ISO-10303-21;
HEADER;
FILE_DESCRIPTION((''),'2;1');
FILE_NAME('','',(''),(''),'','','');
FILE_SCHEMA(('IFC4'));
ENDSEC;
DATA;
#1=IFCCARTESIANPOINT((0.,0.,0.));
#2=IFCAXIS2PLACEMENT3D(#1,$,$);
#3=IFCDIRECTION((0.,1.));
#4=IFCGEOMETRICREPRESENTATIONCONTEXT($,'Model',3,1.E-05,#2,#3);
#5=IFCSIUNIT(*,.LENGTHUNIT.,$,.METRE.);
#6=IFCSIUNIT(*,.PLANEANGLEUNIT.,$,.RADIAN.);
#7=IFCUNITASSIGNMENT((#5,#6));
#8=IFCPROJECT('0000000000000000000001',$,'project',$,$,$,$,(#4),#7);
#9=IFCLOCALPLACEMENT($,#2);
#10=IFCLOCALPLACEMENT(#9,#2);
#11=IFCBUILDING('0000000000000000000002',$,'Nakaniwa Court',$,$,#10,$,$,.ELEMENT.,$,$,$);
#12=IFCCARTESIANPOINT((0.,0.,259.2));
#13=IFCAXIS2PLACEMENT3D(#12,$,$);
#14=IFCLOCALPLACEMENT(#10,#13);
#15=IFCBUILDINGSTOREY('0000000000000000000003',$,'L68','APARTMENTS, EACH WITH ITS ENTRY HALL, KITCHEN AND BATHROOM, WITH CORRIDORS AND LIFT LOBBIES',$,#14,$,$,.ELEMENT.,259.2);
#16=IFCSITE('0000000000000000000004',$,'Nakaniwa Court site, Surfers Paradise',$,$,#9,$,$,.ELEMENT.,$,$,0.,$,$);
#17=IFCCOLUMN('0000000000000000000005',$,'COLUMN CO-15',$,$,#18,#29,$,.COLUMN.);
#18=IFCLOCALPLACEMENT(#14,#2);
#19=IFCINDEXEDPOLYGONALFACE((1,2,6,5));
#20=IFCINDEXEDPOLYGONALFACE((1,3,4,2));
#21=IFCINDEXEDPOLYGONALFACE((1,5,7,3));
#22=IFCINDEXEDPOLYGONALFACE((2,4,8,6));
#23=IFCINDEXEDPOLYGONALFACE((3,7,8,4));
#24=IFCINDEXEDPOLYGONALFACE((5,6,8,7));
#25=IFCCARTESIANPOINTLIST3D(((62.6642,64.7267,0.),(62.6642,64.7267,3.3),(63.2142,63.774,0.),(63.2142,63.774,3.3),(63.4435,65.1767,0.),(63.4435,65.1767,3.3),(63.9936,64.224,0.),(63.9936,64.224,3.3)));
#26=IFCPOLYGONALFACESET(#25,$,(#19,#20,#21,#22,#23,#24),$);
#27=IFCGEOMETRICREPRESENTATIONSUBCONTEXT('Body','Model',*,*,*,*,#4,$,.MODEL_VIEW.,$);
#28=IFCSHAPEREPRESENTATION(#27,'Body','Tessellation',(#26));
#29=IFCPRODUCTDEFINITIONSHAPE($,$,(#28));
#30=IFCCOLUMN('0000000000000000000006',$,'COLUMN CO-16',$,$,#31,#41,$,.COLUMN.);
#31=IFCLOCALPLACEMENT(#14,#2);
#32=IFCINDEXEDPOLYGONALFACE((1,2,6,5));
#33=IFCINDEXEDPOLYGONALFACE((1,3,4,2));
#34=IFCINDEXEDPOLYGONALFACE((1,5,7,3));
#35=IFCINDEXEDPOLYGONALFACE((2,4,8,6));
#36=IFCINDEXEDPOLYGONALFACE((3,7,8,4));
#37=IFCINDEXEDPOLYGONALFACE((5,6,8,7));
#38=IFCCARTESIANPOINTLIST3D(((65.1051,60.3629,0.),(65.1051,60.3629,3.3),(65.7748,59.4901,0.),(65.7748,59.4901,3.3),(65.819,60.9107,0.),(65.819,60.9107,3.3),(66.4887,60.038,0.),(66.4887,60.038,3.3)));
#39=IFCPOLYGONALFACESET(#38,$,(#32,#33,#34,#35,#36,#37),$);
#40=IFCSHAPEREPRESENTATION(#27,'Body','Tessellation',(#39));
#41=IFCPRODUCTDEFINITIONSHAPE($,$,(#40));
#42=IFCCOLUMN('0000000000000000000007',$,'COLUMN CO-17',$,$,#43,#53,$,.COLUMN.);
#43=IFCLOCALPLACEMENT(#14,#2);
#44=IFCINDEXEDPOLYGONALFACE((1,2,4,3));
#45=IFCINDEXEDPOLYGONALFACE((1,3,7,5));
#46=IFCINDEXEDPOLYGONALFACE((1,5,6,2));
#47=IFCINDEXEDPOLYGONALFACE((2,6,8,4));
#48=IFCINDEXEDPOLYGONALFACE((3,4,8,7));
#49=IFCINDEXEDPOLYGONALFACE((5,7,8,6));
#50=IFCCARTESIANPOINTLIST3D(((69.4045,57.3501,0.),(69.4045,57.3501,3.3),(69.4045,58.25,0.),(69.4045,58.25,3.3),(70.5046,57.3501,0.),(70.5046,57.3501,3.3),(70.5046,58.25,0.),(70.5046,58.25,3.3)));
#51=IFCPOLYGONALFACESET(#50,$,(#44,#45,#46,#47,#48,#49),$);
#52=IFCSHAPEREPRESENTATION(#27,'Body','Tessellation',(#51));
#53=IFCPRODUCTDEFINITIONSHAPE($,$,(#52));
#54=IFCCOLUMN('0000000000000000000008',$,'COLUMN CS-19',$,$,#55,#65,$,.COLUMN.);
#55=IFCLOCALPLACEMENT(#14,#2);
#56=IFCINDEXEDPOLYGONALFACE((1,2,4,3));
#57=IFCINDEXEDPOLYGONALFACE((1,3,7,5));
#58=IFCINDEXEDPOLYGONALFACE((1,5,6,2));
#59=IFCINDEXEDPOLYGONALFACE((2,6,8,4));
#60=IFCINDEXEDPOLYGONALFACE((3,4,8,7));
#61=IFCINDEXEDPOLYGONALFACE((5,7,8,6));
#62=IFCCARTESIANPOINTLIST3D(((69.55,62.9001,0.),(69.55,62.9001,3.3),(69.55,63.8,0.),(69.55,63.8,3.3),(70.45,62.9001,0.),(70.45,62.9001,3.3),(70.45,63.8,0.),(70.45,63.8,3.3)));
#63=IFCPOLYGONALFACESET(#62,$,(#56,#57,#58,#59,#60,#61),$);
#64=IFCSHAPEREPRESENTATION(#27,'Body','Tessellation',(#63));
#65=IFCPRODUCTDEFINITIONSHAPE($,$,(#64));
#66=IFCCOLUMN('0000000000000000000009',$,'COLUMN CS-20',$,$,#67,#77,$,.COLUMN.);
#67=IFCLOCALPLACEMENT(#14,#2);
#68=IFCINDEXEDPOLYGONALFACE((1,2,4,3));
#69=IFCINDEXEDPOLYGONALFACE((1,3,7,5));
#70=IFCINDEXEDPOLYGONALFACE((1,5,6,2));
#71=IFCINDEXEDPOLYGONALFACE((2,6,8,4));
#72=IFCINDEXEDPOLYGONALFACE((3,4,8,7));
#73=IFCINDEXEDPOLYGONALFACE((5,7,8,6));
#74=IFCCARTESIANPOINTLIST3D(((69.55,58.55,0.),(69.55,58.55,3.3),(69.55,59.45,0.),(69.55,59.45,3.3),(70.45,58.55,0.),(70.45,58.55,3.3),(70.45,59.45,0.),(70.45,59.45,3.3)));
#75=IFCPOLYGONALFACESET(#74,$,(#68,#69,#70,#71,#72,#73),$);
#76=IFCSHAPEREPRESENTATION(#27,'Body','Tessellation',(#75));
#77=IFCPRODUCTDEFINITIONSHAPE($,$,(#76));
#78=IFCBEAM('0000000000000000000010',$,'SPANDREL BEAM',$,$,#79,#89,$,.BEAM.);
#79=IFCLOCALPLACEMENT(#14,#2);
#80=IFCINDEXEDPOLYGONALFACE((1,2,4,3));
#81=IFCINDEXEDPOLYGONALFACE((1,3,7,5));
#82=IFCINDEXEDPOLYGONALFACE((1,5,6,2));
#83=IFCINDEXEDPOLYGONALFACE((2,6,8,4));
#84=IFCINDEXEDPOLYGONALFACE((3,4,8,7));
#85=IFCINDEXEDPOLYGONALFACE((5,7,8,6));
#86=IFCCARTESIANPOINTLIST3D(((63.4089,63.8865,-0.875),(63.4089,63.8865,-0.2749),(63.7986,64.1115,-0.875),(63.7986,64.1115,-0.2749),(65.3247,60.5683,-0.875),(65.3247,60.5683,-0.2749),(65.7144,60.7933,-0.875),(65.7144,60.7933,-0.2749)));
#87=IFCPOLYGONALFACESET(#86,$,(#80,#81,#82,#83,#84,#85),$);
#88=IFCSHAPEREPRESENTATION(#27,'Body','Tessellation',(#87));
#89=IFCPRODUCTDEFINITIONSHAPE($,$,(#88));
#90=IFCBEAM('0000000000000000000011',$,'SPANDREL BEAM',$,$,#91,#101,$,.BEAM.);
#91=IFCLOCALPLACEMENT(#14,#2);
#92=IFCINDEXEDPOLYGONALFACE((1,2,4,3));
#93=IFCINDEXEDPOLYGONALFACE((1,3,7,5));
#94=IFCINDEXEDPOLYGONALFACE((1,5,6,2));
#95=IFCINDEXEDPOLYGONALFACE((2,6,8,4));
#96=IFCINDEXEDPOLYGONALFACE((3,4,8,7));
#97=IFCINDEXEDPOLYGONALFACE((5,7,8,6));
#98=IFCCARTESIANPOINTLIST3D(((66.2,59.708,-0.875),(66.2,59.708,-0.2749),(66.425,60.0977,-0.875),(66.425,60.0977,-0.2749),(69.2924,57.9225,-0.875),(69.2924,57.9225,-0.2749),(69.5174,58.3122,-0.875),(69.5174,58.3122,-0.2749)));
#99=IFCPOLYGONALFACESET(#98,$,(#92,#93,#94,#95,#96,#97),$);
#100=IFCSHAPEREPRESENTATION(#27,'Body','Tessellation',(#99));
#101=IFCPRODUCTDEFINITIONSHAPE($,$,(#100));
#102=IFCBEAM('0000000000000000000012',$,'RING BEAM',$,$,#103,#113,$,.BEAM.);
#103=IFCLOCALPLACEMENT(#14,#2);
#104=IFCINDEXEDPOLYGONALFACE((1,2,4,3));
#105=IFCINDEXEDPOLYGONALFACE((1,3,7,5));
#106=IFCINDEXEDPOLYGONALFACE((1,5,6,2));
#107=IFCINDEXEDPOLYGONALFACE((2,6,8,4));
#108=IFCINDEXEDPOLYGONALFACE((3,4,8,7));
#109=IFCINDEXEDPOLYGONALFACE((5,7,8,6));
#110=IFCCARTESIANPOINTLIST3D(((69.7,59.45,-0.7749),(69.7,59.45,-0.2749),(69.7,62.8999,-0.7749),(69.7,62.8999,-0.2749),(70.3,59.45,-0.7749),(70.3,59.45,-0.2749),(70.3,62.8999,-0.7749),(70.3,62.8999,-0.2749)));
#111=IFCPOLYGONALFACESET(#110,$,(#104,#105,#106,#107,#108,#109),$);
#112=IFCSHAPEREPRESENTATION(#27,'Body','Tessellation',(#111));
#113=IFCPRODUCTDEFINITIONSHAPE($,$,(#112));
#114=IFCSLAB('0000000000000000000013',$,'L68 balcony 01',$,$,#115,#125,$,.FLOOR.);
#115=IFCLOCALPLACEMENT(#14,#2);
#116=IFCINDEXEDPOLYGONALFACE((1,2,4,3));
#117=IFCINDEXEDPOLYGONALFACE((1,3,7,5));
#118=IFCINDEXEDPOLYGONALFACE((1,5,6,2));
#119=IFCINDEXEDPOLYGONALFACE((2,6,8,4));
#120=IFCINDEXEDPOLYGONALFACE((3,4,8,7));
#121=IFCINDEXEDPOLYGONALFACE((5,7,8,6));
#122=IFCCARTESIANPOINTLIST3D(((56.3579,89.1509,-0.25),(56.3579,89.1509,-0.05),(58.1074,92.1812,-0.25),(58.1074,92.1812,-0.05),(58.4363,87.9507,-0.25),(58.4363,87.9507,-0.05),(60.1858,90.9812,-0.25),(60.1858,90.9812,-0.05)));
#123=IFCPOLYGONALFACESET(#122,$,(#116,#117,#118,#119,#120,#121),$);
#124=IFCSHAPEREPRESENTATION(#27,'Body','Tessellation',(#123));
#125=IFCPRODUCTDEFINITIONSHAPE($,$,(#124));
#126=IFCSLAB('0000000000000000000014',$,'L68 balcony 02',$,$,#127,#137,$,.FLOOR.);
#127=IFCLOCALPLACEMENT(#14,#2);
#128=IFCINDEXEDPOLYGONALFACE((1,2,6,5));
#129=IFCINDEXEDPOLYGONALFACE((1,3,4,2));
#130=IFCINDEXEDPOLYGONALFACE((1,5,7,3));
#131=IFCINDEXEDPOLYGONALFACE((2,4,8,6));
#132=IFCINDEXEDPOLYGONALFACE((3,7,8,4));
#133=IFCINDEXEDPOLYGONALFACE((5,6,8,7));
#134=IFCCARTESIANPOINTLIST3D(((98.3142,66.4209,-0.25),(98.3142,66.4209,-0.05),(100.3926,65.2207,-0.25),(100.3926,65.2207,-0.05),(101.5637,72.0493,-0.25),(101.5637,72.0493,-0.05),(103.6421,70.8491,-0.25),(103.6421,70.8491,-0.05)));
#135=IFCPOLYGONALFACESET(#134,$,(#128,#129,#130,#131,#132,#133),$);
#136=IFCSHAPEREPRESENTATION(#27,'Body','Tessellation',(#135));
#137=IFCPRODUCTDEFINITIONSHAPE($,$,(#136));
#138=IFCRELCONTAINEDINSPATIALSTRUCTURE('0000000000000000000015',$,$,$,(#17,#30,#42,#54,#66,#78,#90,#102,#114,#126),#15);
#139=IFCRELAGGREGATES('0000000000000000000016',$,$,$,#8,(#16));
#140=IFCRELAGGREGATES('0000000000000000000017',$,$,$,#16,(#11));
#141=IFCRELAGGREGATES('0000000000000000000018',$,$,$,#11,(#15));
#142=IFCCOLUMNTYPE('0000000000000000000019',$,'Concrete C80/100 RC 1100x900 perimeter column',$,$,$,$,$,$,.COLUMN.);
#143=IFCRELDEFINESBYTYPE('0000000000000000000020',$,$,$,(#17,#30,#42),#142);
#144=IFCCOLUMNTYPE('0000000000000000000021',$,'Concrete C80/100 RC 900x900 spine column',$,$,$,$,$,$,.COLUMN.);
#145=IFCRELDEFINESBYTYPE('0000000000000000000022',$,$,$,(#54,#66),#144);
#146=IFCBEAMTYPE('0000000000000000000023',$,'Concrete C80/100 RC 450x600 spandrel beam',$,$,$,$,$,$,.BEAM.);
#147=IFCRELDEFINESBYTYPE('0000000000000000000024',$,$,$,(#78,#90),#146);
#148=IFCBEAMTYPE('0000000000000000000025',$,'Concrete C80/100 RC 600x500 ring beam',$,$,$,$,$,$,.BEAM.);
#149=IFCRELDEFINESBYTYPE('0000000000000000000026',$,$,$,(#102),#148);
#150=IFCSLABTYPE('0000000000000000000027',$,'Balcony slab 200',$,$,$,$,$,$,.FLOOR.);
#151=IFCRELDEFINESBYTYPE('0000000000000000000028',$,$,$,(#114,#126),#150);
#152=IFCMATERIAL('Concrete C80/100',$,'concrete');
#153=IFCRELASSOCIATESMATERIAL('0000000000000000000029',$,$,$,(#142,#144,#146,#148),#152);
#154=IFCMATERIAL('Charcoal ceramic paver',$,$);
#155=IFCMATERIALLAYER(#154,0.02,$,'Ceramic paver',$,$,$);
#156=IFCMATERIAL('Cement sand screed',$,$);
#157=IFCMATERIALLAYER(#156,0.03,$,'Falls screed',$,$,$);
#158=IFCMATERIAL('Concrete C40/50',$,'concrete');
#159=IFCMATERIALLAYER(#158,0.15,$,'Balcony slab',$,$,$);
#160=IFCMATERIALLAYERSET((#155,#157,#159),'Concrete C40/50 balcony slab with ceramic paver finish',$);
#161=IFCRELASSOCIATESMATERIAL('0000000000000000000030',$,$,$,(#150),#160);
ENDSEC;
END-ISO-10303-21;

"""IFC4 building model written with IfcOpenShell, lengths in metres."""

from ifc_helpers import new_model, si_unit, direction, frame, origin, origin_2d, place, context, subcontext, project, spatial, polyline, rectangle, outline, extrude, material, layer, layer_set, material_profile, profile_set, type_object, element, save


model = new_model("IFC4")

# Units and contexts
model_context = context("Model", 3, precision=1e-05, world=origin(), true_north=direction((0.0, 1.0)))
body_context = subcontext(model_context, "Body", "Model", "MODEL_VIEW")
ifc_project = project(units=[si_unit("LENGTHUNIT", "METRE"), si_unit("PLANEANGLEUNIT", "RADIAN")], contexts=[model_context])

# Site, building, storey
site_placement = place(None, origin())
site = spatial("IfcSite", under=ifc_project, at=site_placement, Name="Nakaniwa Court site, Surfers Paradise", CompositionType="ELEMENT", RefElevation=0.0)
building_placement = place(site_placement, origin())
building = spatial("IfcBuilding", under=site, at=building_placement, Name="Nakaniwa Court", CompositionType="ELEMENT")
storey_placement = place(building_placement, frame((0.0, 0.0, 259.2)))
storey = spatial("IfcBuildingStorey", under=building, at=storey_placement, Name="L68", Description="APARTMENTS, EACH WITH ITS ENTRY HALL, KITCHEN AND BATHROOM, WITH CORRIDORS AND LIFT LOBBIES", CompositionType="ELEMENT", Elevation=259.2)

# Columns
ifc_material_1 = material(Name="Concrete C80/100", Category="concrete")
ifc_material_profile_1 = material_profile(ifc_material_1, rectangle(XDim=1.1001, YDim=0.8999, at=origin_2d()), Name="Concrete C80/100 RC 1100x900 perimeter column")
ifc_profile_set_1 = profile_set([ifc_material_profile_1], Name="Concrete C80/100")
column_type_1 = type_object("IfcColumnType", Name="Concrete C80/100 RC 1100x900 perimeter column", PredefinedType="COLUMN", material=ifc_profile_set_1)
for number, where, z_axis, x_axis, name in (
    (1, (63.3289, 64.4753, 0.0), (0.0, 0.0, 1.0), (0.5, -0.866025, 0.0), "COLUMN CO-15"),
    (2, (65.7969, 60.2004, 0.0), (0.0, 0.0, 1.0), (0.608761, -0.793353, 0.0), "COLUMN CO-16"),
    (3, (69.9546, 57.8, 0.0), (0.0, 0.0, 1.0), (1.0, 0.0, 0.0), "COLUMN CO-17"),
):
    element("IfcColumn", number, at=place(storey_placement, frame(where, z_axis=z_axis, x_axis=x_axis)), inside=storey, type_object=column_type_1, Name=name, PredefinedType="COLUMN", context=body_context, shape_type="SweptSolid", body=[
        extrude(rectangle(XDim=1.1001, YDim=0.8999, at=origin_2d()), origin(), (0.0, 0.0, 1.0), 3.3),
    ])
ifc_material_profile_2 = material_profile(ifc_material_1, rectangle(XDim=0.8999, YDim=0.8999, at=origin_2d()), Name="Concrete C80/100 RC 900x900 spine column")
ifc_profile_set_2 = profile_set([ifc_material_profile_2], Name="Concrete C80/100")
column_type_2 = type_object("IfcColumnType", Name="Concrete C80/100 RC 900x900 spine column", PredefinedType="COLUMN", material=ifc_profile_set_2)
for number, where, z_axis, x_axis, name in (
    (4, (70.0, 63.3501, 0.0), (0.0, 0.0, 1.0), (0.0, -1.0, 0.0), "COLUMN CS-19"),
    (5, (70.0, 59.0, 0.0), (0.0, 0.0, 1.0), (0.0, -1.0, 0.0), "COLUMN CS-20"),
):
    element("IfcColumn", number, at=place(storey_placement, frame(where, z_axis=z_axis, x_axis=x_axis)), inside=storey, type_object=column_type_2, Name=name, PredefinedType="COLUMN", context=body_context, shape_type="SweptSolid", body=[
        extrude(rectangle(XDim=0.8999, YDim=0.8999, at=origin_2d()), origin(), (0.0, 0.0, 1.0), 3.3),
    ])

# Beams
ifc_material_profile_3 = material_profile(ifc_material_1, rectangle(XDim=0.45, YDim=0.6001, at=origin_2d()), Name="Concrete C80/100 RC 450x600 spandrel beam")
ifc_profile_set_3 = profile_set([ifc_material_profile_3], Name="Concrete C80/100")
beam_type_1 = type_object("IfcBeamType", Name="Concrete C80/100 RC 450x600 spandrel beam", PredefinedType="BEAM", material=ifc_profile_set_3)
beam_1_placement = place(storey_placement, frame((63.6038, 63.999, -0.575), z_axis=(0.500011, -0.866019, 0.0), x_axis=(0.866019, 0.500011, 0.0)))
element("IfcBeam", 6, at=beam_1_placement, inside=storey, type_object=beam_type_1, Name="SPANDREL BEAM", PredefinedType="BEAM", context=body_context, shape_type="SweptSolid", body=[
    extrude(rectangle(XDim=0.45, YDim=0.6001, at=origin_2d()), origin(), (0.0, 0.0, 1.0), 3.8315),
])
beam_2_placement = place(storey_placement, frame((66.3125, 59.9028, -0.575), z_axis=(0.866017, -0.500014, 0.0), x_axis=(0.500014, 0.866017, 0.0)))
element("IfcBeam", 7, at=beam_2_placement, inside=storey, type_object=beam_type_1, Name="SPANDREL BEAM", PredefinedType="BEAM", context=body_context, shape_type="SweptSolid", body=[
    extrude(rectangle(XDim=0.45, YDim=0.6001, at=origin_2d()), origin(), (0.0, 0.0, 1.0), 3.5708),
])
ifc_material_profile_4 = material_profile(ifc_material_1, rectangle(XDim=0.6001, YDim=0.5, at=origin_2d()), Name="Concrete C80/100 RC 600x500 ring beam")
ifc_profile_set_4 = profile_set([ifc_material_profile_4], Name="Concrete C80/100")
beam_type_2 = type_object("IfcBeamType", Name="Concrete C80/100 RC 600x500 ring beam", PredefinedType="BEAM", material=ifc_profile_set_4)
beam_3_placement = place(storey_placement, frame((70.0, 62.8999, -0.5249), z_axis=(0.0, -1.0, 0.0), x_axis=(1.0, 0.0, 0.0)))
element("IfcBeam", 8, at=beam_3_placement, inside=storey, type_object=beam_type_2, Name="RING BEAM", PredefinedType="BEAM", context=body_context, shape_type="SweptSolid", body=[
    extrude(rectangle(XDim=0.6001, YDim=0.5, at=origin_2d()), origin(), (0.0, 0.0, 1.0), 3.45),
])

# Slabs
ifc_material_2 = material(Name="Charcoal ceramic paver")
ifc_layer_1 = layer(ifc_material_2, 0.02, Name="Ceramic paver")
ifc_material_3 = material(Name="Cement sand screed")
ifc_layer_2 = layer(ifc_material_3, 0.03, Name="Falls screed")
ifc_material_4 = material(Name="Concrete C40/50", Category="concrete")
ifc_layer_3 = layer(ifc_material_4, 0.15, Name="Balcony slab")
ifc_layer_set_1 = layer_set([ifc_layer_1, ifc_layer_2, ifc_layer_3], Name="Concrete C40/50 balcony slab with ceramic paver finish")
slab_type_1 = type_object("IfcSlabType", Name="Balcony slab 200", PredefinedType="FLOOR", material=ifc_layer_set_1)
slab_1_placement = place(storey_placement, frame((0.0, 0.0, -0.25)))
element("IfcSlab", 9, at=slab_1_placement, inside=storey, type_object=slab_type_1, Name="L68 balcony 01", PredefinedType="FLOOR", context=body_context, shape_type="SweptSolid", body=[
    extrude(outline(polyline([(60.1858, 90.9812), (58.4363, 87.9507), (56.3579, 89.1509), (58.1074, 92.1812), (60.1858, 90.9812)])), origin(), (0.0, 0.0, 1.0), 0.2),
])
slab_2_placement = place(storey_placement, frame((0.0, 0.0, -0.25)))
element("IfcSlab", 10, at=slab_2_placement, inside=storey, type_object=slab_type_1, Name="L68 balcony 02", PredefinedType="FLOOR", context=body_context, shape_type="SweptSolid", body=[
    extrude(outline(polyline([(98.3142, 66.4209), (101.5637, 72.0493), (103.6421, 70.8491), (100.3926, 65.2207), (98.3142, 66.4209)])), origin(), (0.0, 0.0, 1.0), 0.2),
])

save(model, "model.ifc")
